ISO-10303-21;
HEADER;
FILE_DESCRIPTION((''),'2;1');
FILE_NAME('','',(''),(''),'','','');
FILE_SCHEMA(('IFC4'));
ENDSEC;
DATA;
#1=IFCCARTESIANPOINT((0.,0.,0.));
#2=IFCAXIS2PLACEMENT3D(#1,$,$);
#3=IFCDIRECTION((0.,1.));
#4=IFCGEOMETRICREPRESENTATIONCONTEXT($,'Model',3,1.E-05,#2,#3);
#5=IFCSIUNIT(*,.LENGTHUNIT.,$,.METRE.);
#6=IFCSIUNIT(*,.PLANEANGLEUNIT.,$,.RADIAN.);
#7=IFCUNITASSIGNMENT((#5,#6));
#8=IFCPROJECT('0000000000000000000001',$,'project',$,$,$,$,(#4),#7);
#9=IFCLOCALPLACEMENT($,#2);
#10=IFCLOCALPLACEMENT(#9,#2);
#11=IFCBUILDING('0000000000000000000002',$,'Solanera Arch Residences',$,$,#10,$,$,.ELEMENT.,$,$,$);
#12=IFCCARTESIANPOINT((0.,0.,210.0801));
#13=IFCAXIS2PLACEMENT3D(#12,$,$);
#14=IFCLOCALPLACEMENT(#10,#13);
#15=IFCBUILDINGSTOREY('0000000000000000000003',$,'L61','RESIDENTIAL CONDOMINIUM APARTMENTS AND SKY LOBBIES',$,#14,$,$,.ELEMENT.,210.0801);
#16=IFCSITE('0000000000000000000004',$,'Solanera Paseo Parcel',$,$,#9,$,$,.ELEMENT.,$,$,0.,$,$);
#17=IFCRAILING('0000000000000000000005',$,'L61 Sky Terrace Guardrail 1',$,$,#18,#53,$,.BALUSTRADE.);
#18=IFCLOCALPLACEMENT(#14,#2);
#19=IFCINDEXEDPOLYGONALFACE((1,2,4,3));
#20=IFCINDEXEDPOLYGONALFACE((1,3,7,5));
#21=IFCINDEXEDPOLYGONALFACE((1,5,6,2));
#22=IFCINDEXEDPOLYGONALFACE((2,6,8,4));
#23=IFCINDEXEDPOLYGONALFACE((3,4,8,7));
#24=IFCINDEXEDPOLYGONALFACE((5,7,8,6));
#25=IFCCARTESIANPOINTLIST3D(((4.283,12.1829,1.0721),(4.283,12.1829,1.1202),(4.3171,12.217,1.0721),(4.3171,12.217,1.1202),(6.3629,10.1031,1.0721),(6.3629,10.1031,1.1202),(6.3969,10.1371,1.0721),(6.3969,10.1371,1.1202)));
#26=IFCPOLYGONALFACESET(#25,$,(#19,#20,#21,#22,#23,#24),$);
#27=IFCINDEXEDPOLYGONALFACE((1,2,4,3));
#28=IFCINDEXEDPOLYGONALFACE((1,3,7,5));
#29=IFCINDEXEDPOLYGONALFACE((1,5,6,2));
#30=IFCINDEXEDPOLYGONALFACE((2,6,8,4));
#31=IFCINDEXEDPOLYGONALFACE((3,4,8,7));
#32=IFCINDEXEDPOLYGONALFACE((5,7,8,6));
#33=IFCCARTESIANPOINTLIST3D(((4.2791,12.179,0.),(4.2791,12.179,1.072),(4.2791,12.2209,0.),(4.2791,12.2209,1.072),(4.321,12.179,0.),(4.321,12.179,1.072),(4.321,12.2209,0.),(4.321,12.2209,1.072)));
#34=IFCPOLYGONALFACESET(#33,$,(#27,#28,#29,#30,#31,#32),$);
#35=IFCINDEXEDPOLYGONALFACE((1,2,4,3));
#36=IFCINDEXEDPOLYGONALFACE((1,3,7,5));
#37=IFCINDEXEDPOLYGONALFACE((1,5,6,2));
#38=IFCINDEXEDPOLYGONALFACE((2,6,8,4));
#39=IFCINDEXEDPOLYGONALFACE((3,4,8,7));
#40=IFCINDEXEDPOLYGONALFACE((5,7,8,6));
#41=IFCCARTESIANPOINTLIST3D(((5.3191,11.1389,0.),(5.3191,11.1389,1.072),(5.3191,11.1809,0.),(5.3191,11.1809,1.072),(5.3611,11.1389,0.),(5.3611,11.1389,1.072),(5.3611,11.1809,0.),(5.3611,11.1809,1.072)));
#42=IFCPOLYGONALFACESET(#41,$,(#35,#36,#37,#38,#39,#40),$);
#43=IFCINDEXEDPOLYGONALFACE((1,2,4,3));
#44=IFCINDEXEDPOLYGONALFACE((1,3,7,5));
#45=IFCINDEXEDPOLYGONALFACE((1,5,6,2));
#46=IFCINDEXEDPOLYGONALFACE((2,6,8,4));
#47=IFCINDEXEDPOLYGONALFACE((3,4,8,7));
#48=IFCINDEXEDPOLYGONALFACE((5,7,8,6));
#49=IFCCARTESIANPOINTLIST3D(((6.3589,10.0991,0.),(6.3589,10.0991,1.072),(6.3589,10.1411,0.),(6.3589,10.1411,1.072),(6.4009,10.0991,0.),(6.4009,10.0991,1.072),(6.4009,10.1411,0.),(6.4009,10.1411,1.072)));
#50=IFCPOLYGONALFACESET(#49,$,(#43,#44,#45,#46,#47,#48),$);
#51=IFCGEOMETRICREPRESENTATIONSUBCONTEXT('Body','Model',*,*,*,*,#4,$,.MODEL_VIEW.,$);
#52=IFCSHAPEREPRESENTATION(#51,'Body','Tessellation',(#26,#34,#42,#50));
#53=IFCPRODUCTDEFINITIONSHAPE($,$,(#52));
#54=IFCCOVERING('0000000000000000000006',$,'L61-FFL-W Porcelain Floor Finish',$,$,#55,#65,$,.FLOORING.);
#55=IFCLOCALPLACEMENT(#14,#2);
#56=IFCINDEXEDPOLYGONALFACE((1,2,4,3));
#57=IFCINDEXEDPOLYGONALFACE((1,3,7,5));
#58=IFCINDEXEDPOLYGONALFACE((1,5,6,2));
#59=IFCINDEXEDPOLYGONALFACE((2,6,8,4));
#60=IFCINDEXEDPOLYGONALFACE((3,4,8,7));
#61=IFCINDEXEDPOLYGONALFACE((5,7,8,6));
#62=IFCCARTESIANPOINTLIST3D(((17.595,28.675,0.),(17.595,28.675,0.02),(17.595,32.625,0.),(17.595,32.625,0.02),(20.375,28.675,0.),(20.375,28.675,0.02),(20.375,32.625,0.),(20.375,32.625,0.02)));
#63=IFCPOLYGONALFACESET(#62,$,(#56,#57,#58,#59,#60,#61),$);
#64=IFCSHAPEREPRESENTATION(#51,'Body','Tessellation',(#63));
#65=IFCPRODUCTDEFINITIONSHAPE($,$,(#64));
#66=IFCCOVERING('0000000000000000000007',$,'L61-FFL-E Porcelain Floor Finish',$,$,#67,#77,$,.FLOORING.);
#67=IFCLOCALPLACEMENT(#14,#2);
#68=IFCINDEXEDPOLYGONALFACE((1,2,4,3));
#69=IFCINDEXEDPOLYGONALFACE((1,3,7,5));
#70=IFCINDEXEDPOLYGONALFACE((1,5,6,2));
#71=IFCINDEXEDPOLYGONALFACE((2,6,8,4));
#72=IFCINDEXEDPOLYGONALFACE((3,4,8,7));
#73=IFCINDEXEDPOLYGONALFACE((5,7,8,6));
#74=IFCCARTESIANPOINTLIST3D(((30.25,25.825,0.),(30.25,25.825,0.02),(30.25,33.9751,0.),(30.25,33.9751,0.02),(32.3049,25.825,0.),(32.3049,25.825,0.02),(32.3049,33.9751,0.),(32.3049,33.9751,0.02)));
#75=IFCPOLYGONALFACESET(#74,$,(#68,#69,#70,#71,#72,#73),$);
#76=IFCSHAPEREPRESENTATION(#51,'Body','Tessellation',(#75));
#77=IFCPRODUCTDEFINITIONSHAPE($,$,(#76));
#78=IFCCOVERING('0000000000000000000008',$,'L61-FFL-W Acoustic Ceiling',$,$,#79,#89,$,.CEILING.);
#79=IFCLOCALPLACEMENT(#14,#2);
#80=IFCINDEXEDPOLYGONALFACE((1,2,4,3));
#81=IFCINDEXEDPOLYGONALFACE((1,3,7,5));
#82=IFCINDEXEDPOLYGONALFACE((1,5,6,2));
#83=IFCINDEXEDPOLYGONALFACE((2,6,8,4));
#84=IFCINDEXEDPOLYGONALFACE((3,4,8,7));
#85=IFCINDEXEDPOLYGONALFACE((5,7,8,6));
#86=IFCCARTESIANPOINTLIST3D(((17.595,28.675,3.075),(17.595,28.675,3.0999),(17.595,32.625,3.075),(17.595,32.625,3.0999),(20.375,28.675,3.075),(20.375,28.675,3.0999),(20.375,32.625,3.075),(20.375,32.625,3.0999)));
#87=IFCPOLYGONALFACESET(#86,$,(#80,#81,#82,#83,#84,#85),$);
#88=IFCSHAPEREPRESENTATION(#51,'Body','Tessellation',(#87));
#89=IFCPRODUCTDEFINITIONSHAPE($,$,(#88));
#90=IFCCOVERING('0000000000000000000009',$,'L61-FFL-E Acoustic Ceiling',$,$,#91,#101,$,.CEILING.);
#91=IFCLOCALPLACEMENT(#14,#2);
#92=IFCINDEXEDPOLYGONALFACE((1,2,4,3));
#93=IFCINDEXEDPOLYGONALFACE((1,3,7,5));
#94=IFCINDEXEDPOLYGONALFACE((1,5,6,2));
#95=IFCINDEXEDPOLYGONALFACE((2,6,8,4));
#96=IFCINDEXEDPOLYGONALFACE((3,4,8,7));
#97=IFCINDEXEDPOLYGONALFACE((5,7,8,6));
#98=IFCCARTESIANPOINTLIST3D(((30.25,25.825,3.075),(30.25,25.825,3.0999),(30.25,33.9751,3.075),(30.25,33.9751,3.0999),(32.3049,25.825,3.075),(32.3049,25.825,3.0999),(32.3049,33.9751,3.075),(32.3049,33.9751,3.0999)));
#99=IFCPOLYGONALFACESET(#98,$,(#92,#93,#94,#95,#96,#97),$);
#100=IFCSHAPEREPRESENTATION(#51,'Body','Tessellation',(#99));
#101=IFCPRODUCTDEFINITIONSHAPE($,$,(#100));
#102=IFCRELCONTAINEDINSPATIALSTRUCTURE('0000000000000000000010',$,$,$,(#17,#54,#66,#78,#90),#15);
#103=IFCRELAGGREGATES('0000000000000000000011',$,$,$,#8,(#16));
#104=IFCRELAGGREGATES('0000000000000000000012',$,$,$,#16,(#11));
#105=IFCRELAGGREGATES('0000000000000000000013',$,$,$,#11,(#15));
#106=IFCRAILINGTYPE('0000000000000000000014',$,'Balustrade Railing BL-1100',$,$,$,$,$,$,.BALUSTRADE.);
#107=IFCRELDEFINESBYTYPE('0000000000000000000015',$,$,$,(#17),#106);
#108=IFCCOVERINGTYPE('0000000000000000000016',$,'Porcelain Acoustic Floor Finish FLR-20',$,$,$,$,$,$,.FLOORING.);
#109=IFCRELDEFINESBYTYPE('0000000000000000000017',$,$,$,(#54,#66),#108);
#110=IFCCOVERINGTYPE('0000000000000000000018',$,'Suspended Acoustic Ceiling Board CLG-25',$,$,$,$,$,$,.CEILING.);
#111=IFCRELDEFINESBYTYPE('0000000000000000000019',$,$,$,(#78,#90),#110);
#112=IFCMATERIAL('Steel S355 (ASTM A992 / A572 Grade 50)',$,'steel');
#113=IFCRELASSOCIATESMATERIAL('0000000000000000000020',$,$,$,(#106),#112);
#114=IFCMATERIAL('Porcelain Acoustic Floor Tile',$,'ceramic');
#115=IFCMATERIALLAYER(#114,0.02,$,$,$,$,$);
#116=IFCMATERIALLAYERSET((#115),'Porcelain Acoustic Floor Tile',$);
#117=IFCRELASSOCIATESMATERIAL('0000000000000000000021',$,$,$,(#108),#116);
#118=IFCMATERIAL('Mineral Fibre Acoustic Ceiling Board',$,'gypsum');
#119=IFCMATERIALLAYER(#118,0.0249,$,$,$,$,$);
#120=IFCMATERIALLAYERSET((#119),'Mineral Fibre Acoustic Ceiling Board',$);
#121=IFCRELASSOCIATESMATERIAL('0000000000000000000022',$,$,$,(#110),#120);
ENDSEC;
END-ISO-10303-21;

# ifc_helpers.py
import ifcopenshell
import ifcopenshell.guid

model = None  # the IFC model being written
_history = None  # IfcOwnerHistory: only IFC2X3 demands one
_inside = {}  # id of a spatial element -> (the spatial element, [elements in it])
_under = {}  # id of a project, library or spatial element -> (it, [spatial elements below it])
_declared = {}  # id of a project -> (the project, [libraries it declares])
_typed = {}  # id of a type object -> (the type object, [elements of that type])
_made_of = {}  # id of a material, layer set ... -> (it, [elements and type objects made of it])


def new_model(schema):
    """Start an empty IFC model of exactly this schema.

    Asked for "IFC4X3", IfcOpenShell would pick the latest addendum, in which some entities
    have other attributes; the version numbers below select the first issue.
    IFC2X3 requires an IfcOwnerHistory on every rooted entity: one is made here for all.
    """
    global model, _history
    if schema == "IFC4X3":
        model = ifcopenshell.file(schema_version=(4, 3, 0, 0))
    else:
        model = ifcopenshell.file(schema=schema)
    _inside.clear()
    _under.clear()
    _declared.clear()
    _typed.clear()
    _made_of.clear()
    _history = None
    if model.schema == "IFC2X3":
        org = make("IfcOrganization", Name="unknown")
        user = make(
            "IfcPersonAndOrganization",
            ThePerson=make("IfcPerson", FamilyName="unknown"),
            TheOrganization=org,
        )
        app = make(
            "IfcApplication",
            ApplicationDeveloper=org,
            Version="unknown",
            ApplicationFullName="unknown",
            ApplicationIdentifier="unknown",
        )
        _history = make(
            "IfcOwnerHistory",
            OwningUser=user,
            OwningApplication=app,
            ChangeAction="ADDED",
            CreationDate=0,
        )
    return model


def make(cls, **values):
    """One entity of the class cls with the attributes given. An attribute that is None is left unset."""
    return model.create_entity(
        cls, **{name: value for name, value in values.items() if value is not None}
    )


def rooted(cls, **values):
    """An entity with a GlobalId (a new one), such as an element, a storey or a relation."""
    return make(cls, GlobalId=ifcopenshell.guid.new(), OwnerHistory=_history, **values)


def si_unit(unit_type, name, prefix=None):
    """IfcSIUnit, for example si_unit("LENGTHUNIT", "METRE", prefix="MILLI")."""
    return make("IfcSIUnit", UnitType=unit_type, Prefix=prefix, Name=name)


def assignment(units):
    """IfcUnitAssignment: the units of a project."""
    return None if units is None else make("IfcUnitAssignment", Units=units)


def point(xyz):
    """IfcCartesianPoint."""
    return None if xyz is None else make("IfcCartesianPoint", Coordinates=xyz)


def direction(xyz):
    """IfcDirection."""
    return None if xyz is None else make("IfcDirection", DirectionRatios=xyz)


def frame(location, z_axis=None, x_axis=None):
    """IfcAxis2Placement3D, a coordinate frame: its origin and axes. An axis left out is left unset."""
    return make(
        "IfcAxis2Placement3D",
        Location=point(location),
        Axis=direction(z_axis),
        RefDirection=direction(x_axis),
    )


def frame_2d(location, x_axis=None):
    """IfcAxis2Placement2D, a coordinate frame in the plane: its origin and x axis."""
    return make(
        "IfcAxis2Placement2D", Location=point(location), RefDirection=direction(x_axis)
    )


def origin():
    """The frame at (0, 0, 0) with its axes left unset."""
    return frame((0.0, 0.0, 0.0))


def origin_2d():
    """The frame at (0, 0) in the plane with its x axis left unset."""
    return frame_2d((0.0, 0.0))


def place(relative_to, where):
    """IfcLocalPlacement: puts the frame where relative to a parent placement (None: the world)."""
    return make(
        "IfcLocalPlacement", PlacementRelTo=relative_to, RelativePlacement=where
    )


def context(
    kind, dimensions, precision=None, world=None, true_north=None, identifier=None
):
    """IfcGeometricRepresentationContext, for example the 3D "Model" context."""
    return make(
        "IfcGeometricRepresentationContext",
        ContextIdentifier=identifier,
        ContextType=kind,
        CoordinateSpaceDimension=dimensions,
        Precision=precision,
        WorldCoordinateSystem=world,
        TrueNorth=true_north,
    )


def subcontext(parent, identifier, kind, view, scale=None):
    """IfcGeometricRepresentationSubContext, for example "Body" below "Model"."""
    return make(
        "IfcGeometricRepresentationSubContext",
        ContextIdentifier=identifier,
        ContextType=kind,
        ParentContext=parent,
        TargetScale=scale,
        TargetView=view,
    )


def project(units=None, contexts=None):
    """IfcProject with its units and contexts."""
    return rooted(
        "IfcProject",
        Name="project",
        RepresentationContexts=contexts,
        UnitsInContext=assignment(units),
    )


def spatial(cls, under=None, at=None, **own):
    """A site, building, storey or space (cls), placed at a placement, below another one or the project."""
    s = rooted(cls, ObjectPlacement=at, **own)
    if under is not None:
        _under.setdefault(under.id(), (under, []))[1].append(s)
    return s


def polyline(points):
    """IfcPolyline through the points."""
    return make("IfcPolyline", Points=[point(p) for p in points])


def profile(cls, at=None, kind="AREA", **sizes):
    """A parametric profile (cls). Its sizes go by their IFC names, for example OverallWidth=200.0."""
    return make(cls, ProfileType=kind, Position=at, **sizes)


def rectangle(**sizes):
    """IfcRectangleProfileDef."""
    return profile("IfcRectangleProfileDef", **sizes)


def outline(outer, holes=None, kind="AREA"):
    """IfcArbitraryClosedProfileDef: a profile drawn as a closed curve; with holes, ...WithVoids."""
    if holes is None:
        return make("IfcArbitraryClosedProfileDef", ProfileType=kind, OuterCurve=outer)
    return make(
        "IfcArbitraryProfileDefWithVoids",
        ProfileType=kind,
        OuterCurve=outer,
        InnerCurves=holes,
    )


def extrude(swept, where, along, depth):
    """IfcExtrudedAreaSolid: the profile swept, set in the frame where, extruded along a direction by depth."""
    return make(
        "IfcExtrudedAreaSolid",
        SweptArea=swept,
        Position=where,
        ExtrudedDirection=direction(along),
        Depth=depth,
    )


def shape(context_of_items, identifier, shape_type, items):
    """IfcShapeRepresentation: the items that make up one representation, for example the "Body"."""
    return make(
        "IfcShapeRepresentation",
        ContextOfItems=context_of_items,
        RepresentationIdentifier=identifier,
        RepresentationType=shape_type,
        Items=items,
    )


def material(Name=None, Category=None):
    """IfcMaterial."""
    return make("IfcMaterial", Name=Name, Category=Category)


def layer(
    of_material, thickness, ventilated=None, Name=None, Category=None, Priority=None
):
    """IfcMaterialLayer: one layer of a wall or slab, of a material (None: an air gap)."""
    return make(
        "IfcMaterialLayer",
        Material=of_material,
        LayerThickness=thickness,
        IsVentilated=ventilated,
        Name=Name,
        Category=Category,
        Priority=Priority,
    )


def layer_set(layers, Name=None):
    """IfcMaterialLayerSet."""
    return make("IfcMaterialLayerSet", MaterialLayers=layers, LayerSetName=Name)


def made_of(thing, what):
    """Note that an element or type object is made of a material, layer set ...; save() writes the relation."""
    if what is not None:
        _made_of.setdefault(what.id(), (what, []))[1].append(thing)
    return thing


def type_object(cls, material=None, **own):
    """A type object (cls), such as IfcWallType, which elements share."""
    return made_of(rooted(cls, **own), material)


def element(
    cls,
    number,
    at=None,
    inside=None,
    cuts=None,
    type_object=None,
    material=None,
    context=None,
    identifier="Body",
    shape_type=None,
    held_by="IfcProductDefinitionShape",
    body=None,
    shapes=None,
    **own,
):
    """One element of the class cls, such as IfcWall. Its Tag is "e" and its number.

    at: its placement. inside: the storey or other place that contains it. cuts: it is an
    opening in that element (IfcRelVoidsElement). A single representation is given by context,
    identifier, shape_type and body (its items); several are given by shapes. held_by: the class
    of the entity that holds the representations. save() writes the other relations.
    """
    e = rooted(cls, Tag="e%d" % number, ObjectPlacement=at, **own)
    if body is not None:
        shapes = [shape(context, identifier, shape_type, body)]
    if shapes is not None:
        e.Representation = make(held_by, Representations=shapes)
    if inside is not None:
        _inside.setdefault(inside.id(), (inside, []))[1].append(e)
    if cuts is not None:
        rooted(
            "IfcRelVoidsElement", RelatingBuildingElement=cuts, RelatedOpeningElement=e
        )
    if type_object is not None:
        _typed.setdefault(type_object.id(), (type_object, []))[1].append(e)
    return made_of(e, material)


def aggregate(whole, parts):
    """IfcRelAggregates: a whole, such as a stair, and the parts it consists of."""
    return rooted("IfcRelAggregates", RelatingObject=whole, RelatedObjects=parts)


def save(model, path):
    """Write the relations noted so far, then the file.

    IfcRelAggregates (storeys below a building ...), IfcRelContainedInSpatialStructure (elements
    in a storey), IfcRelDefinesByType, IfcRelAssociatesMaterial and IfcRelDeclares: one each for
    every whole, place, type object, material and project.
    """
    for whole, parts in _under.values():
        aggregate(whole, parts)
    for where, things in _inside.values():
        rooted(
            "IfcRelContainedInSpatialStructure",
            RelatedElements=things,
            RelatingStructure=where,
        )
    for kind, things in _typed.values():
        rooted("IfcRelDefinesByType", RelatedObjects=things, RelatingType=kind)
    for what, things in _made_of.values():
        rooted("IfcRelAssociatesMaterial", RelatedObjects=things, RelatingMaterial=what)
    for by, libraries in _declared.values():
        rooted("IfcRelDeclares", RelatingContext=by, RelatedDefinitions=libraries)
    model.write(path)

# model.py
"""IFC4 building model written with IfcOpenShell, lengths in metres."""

from ifc_helpers import new_model, si_unit, direction, frame, origin, origin_2d, place, context, subcontext, project, spatial, polyline, rectangle, outline, extrude, material, layer, layer_set, type_object, element, save


model = new_model("IFC4")

# Units and contexts
model_context = context("Model", 3, precision=1e-05, world=origin(), true_north=direction((0.0, 1.0)))
body_context = subcontext(model_context, "Body", "Model", "MODEL_VIEW")
ifc_project = project(units=[si_unit("LENGTHUNIT", "METRE"), si_unit("PLANEANGLEUNIT", "RADIAN")], contexts=[model_context])

# Site, building, storey
site_placement = place(None, origin())
site = spatial("IfcSite", under=ifc_project, at=site_placement, Name="Solanera Paseo Parcel", CompositionType="ELEMENT", RefElevation=0.0)
building_placement = place(site_placement, origin())
building = spatial("IfcBuilding", under=site, at=building_placement, Name="Solanera Arch Residences", CompositionType="ELEMENT")
storey_placement = place(building_placement, frame((0.0, 0.0, 210.0801)))
storey = spatial("IfcBuildingStorey", under=building, at=storey_placement, Name="L61", Description="RESIDENTIAL CONDOMINIUM APARTMENTS AND SKY LOBBIES", CompositionType="ELEMENT", Elevation=210.0801)

# Railing
ifc_material_1 = material(Name="Steel S355 (ASTM A992 / A572 Grade 50)", Category="steel")
railing_type = type_object("IfcRailingType", Name="Balustrade Railing BL-1100", PredefinedType="BALUSTRADE", material=ifc_material_1)
railing_1_placement = place(storey_placement, frame((4.3, 12.2, 0.0)))
element("IfcRailing", 1, at=railing_1_placement, inside=storey, type_object=railing_type, Name="L61 Sky Terrace Guardrail 1", PredefinedType="BALUSTRADE", context=body_context, shape_type="SweptSolid", body=[
    extrude(rectangle(XDim=0.0481, YDim=0.0481, at=origin_2d()), frame((0.0, 0.0, 1.0962), z_axis=(0.707107, -0.707107, 0.0), x_axis=(0.707107, 0.707107, 0.0)), (0.0, 0.0, 1.0), 2.9414),
    extrude(rectangle(XDim=0.042, YDim=0.042, at=origin_2d()), origin(), (0.0, 0.0, 1.0), 1.072),
    extrude(rectangle(XDim=0.042, YDim=0.042, at=origin_2d()), frame((1.04, -1.04, 0.0)), (0.0, 0.0, 1.0), 1.072),
    extrude(rectangle(XDim=0.042, YDim=0.042, at=origin_2d()), frame((2.0798, -2.0798, 0.0)), (0.0, 0.0, 1.0), 1.072),
])

# Coverings
ifc_material_2 = material(Name="Porcelain Acoustic Floor Tile", Category="ceramic")
ifc_layer_1 = layer(ifc_material_2, 0.02)
ifc_layer_set_1 = layer_set([ifc_layer_1], Name="Porcelain Acoustic Floor Tile")
covering_type_1 = type_object("IfcCoveringType", Name="Porcelain Acoustic Floor Finish FLR-20", PredefinedType="FLOORING", material=ifc_layer_set_1)
covering_1_placement = place(storey_placement, origin())
element("IfcCovering", 2, at=covering_1_placement, inside=storey, type_object=covering_type_1, Name="L61-FFL-W Porcelain Floor Finish", PredefinedType="FLOORING", context=body_context, shape_type="SweptSolid", body=[
    extrude(outline(polyline([(20.375, 28.675), (17.595, 28.675), (17.595, 32.625), (20.375, 32.625), (20.375, 28.675)])), origin(), (0.0, 0.0, 1.0), 0.02),
])
covering_2_placement = place(storey_placement, origin())
element("IfcCovering", 3, at=covering_2_placement, inside=storey, type_object=covering_type_1, Name="L61-FFL-E Porcelain Floor Finish", PredefinedType="FLOORING", context=body_context, shape_type="SweptSolid", body=[
    extrude(outline(polyline([(32.3049, 25.825), (30.25, 25.825), (30.25, 33.9751), (32.3049, 33.9751), (32.3049, 25.825)])), origin(), (0.0, 0.0, 1.0), 0.02),
])
ifc_material_3 = material(Name="Mineral Fibre Acoustic Ceiling Board", Category="gypsum")
ifc_layer_2 = layer(ifc_material_3, 0.0249)
ifc_layer_set_2 = layer_set([ifc_layer_2], Name="Mineral Fibre Acoustic Ceiling Board")
covering_type_2 = type_object("IfcCoveringType", Name="Suspended Acoustic Ceiling Board CLG-25", PredefinedType="CEILING", material=ifc_layer_set_2)
covering_3_placement = place(storey_placement, frame((0.0, 0.0, 3.075)))
element("IfcCovering", 4, at=covering_3_placement, inside=storey, type_object=covering_type_2, Name="L61-FFL-W Acoustic Ceiling", PredefinedType="CEILING", context=body_context, shape_type="SweptSolid", body=[
    extrude(outline(polyline([(20.375, 28.675), (17.595, 28.675), (17.595, 32.625), (20.375, 32.625), (20.375, 28.675)])), origin(), (0.0, 0.0, 1.0), 0.0249),
])
covering_4_placement = place(storey_placement, frame((0.0, 0.0, 3.075)))
element("IfcCovering", 5, at=covering_4_placement, inside=storey, type_object=covering_type_2, Name="L61-FFL-E Acoustic Ceiling", PredefinedType="CEILING", context=body_context, shape_type="SweptSolid", body=[
    extrude(outline(polyline([(32.3049, 25.825), (30.25, 25.825), (30.25, 33.9751), (32.3049, 33.9751), (32.3049, 25.825)])), origin(), (0.0, 0.0, 1.0), 0.0249),
])

save(model, "model.ifc")
